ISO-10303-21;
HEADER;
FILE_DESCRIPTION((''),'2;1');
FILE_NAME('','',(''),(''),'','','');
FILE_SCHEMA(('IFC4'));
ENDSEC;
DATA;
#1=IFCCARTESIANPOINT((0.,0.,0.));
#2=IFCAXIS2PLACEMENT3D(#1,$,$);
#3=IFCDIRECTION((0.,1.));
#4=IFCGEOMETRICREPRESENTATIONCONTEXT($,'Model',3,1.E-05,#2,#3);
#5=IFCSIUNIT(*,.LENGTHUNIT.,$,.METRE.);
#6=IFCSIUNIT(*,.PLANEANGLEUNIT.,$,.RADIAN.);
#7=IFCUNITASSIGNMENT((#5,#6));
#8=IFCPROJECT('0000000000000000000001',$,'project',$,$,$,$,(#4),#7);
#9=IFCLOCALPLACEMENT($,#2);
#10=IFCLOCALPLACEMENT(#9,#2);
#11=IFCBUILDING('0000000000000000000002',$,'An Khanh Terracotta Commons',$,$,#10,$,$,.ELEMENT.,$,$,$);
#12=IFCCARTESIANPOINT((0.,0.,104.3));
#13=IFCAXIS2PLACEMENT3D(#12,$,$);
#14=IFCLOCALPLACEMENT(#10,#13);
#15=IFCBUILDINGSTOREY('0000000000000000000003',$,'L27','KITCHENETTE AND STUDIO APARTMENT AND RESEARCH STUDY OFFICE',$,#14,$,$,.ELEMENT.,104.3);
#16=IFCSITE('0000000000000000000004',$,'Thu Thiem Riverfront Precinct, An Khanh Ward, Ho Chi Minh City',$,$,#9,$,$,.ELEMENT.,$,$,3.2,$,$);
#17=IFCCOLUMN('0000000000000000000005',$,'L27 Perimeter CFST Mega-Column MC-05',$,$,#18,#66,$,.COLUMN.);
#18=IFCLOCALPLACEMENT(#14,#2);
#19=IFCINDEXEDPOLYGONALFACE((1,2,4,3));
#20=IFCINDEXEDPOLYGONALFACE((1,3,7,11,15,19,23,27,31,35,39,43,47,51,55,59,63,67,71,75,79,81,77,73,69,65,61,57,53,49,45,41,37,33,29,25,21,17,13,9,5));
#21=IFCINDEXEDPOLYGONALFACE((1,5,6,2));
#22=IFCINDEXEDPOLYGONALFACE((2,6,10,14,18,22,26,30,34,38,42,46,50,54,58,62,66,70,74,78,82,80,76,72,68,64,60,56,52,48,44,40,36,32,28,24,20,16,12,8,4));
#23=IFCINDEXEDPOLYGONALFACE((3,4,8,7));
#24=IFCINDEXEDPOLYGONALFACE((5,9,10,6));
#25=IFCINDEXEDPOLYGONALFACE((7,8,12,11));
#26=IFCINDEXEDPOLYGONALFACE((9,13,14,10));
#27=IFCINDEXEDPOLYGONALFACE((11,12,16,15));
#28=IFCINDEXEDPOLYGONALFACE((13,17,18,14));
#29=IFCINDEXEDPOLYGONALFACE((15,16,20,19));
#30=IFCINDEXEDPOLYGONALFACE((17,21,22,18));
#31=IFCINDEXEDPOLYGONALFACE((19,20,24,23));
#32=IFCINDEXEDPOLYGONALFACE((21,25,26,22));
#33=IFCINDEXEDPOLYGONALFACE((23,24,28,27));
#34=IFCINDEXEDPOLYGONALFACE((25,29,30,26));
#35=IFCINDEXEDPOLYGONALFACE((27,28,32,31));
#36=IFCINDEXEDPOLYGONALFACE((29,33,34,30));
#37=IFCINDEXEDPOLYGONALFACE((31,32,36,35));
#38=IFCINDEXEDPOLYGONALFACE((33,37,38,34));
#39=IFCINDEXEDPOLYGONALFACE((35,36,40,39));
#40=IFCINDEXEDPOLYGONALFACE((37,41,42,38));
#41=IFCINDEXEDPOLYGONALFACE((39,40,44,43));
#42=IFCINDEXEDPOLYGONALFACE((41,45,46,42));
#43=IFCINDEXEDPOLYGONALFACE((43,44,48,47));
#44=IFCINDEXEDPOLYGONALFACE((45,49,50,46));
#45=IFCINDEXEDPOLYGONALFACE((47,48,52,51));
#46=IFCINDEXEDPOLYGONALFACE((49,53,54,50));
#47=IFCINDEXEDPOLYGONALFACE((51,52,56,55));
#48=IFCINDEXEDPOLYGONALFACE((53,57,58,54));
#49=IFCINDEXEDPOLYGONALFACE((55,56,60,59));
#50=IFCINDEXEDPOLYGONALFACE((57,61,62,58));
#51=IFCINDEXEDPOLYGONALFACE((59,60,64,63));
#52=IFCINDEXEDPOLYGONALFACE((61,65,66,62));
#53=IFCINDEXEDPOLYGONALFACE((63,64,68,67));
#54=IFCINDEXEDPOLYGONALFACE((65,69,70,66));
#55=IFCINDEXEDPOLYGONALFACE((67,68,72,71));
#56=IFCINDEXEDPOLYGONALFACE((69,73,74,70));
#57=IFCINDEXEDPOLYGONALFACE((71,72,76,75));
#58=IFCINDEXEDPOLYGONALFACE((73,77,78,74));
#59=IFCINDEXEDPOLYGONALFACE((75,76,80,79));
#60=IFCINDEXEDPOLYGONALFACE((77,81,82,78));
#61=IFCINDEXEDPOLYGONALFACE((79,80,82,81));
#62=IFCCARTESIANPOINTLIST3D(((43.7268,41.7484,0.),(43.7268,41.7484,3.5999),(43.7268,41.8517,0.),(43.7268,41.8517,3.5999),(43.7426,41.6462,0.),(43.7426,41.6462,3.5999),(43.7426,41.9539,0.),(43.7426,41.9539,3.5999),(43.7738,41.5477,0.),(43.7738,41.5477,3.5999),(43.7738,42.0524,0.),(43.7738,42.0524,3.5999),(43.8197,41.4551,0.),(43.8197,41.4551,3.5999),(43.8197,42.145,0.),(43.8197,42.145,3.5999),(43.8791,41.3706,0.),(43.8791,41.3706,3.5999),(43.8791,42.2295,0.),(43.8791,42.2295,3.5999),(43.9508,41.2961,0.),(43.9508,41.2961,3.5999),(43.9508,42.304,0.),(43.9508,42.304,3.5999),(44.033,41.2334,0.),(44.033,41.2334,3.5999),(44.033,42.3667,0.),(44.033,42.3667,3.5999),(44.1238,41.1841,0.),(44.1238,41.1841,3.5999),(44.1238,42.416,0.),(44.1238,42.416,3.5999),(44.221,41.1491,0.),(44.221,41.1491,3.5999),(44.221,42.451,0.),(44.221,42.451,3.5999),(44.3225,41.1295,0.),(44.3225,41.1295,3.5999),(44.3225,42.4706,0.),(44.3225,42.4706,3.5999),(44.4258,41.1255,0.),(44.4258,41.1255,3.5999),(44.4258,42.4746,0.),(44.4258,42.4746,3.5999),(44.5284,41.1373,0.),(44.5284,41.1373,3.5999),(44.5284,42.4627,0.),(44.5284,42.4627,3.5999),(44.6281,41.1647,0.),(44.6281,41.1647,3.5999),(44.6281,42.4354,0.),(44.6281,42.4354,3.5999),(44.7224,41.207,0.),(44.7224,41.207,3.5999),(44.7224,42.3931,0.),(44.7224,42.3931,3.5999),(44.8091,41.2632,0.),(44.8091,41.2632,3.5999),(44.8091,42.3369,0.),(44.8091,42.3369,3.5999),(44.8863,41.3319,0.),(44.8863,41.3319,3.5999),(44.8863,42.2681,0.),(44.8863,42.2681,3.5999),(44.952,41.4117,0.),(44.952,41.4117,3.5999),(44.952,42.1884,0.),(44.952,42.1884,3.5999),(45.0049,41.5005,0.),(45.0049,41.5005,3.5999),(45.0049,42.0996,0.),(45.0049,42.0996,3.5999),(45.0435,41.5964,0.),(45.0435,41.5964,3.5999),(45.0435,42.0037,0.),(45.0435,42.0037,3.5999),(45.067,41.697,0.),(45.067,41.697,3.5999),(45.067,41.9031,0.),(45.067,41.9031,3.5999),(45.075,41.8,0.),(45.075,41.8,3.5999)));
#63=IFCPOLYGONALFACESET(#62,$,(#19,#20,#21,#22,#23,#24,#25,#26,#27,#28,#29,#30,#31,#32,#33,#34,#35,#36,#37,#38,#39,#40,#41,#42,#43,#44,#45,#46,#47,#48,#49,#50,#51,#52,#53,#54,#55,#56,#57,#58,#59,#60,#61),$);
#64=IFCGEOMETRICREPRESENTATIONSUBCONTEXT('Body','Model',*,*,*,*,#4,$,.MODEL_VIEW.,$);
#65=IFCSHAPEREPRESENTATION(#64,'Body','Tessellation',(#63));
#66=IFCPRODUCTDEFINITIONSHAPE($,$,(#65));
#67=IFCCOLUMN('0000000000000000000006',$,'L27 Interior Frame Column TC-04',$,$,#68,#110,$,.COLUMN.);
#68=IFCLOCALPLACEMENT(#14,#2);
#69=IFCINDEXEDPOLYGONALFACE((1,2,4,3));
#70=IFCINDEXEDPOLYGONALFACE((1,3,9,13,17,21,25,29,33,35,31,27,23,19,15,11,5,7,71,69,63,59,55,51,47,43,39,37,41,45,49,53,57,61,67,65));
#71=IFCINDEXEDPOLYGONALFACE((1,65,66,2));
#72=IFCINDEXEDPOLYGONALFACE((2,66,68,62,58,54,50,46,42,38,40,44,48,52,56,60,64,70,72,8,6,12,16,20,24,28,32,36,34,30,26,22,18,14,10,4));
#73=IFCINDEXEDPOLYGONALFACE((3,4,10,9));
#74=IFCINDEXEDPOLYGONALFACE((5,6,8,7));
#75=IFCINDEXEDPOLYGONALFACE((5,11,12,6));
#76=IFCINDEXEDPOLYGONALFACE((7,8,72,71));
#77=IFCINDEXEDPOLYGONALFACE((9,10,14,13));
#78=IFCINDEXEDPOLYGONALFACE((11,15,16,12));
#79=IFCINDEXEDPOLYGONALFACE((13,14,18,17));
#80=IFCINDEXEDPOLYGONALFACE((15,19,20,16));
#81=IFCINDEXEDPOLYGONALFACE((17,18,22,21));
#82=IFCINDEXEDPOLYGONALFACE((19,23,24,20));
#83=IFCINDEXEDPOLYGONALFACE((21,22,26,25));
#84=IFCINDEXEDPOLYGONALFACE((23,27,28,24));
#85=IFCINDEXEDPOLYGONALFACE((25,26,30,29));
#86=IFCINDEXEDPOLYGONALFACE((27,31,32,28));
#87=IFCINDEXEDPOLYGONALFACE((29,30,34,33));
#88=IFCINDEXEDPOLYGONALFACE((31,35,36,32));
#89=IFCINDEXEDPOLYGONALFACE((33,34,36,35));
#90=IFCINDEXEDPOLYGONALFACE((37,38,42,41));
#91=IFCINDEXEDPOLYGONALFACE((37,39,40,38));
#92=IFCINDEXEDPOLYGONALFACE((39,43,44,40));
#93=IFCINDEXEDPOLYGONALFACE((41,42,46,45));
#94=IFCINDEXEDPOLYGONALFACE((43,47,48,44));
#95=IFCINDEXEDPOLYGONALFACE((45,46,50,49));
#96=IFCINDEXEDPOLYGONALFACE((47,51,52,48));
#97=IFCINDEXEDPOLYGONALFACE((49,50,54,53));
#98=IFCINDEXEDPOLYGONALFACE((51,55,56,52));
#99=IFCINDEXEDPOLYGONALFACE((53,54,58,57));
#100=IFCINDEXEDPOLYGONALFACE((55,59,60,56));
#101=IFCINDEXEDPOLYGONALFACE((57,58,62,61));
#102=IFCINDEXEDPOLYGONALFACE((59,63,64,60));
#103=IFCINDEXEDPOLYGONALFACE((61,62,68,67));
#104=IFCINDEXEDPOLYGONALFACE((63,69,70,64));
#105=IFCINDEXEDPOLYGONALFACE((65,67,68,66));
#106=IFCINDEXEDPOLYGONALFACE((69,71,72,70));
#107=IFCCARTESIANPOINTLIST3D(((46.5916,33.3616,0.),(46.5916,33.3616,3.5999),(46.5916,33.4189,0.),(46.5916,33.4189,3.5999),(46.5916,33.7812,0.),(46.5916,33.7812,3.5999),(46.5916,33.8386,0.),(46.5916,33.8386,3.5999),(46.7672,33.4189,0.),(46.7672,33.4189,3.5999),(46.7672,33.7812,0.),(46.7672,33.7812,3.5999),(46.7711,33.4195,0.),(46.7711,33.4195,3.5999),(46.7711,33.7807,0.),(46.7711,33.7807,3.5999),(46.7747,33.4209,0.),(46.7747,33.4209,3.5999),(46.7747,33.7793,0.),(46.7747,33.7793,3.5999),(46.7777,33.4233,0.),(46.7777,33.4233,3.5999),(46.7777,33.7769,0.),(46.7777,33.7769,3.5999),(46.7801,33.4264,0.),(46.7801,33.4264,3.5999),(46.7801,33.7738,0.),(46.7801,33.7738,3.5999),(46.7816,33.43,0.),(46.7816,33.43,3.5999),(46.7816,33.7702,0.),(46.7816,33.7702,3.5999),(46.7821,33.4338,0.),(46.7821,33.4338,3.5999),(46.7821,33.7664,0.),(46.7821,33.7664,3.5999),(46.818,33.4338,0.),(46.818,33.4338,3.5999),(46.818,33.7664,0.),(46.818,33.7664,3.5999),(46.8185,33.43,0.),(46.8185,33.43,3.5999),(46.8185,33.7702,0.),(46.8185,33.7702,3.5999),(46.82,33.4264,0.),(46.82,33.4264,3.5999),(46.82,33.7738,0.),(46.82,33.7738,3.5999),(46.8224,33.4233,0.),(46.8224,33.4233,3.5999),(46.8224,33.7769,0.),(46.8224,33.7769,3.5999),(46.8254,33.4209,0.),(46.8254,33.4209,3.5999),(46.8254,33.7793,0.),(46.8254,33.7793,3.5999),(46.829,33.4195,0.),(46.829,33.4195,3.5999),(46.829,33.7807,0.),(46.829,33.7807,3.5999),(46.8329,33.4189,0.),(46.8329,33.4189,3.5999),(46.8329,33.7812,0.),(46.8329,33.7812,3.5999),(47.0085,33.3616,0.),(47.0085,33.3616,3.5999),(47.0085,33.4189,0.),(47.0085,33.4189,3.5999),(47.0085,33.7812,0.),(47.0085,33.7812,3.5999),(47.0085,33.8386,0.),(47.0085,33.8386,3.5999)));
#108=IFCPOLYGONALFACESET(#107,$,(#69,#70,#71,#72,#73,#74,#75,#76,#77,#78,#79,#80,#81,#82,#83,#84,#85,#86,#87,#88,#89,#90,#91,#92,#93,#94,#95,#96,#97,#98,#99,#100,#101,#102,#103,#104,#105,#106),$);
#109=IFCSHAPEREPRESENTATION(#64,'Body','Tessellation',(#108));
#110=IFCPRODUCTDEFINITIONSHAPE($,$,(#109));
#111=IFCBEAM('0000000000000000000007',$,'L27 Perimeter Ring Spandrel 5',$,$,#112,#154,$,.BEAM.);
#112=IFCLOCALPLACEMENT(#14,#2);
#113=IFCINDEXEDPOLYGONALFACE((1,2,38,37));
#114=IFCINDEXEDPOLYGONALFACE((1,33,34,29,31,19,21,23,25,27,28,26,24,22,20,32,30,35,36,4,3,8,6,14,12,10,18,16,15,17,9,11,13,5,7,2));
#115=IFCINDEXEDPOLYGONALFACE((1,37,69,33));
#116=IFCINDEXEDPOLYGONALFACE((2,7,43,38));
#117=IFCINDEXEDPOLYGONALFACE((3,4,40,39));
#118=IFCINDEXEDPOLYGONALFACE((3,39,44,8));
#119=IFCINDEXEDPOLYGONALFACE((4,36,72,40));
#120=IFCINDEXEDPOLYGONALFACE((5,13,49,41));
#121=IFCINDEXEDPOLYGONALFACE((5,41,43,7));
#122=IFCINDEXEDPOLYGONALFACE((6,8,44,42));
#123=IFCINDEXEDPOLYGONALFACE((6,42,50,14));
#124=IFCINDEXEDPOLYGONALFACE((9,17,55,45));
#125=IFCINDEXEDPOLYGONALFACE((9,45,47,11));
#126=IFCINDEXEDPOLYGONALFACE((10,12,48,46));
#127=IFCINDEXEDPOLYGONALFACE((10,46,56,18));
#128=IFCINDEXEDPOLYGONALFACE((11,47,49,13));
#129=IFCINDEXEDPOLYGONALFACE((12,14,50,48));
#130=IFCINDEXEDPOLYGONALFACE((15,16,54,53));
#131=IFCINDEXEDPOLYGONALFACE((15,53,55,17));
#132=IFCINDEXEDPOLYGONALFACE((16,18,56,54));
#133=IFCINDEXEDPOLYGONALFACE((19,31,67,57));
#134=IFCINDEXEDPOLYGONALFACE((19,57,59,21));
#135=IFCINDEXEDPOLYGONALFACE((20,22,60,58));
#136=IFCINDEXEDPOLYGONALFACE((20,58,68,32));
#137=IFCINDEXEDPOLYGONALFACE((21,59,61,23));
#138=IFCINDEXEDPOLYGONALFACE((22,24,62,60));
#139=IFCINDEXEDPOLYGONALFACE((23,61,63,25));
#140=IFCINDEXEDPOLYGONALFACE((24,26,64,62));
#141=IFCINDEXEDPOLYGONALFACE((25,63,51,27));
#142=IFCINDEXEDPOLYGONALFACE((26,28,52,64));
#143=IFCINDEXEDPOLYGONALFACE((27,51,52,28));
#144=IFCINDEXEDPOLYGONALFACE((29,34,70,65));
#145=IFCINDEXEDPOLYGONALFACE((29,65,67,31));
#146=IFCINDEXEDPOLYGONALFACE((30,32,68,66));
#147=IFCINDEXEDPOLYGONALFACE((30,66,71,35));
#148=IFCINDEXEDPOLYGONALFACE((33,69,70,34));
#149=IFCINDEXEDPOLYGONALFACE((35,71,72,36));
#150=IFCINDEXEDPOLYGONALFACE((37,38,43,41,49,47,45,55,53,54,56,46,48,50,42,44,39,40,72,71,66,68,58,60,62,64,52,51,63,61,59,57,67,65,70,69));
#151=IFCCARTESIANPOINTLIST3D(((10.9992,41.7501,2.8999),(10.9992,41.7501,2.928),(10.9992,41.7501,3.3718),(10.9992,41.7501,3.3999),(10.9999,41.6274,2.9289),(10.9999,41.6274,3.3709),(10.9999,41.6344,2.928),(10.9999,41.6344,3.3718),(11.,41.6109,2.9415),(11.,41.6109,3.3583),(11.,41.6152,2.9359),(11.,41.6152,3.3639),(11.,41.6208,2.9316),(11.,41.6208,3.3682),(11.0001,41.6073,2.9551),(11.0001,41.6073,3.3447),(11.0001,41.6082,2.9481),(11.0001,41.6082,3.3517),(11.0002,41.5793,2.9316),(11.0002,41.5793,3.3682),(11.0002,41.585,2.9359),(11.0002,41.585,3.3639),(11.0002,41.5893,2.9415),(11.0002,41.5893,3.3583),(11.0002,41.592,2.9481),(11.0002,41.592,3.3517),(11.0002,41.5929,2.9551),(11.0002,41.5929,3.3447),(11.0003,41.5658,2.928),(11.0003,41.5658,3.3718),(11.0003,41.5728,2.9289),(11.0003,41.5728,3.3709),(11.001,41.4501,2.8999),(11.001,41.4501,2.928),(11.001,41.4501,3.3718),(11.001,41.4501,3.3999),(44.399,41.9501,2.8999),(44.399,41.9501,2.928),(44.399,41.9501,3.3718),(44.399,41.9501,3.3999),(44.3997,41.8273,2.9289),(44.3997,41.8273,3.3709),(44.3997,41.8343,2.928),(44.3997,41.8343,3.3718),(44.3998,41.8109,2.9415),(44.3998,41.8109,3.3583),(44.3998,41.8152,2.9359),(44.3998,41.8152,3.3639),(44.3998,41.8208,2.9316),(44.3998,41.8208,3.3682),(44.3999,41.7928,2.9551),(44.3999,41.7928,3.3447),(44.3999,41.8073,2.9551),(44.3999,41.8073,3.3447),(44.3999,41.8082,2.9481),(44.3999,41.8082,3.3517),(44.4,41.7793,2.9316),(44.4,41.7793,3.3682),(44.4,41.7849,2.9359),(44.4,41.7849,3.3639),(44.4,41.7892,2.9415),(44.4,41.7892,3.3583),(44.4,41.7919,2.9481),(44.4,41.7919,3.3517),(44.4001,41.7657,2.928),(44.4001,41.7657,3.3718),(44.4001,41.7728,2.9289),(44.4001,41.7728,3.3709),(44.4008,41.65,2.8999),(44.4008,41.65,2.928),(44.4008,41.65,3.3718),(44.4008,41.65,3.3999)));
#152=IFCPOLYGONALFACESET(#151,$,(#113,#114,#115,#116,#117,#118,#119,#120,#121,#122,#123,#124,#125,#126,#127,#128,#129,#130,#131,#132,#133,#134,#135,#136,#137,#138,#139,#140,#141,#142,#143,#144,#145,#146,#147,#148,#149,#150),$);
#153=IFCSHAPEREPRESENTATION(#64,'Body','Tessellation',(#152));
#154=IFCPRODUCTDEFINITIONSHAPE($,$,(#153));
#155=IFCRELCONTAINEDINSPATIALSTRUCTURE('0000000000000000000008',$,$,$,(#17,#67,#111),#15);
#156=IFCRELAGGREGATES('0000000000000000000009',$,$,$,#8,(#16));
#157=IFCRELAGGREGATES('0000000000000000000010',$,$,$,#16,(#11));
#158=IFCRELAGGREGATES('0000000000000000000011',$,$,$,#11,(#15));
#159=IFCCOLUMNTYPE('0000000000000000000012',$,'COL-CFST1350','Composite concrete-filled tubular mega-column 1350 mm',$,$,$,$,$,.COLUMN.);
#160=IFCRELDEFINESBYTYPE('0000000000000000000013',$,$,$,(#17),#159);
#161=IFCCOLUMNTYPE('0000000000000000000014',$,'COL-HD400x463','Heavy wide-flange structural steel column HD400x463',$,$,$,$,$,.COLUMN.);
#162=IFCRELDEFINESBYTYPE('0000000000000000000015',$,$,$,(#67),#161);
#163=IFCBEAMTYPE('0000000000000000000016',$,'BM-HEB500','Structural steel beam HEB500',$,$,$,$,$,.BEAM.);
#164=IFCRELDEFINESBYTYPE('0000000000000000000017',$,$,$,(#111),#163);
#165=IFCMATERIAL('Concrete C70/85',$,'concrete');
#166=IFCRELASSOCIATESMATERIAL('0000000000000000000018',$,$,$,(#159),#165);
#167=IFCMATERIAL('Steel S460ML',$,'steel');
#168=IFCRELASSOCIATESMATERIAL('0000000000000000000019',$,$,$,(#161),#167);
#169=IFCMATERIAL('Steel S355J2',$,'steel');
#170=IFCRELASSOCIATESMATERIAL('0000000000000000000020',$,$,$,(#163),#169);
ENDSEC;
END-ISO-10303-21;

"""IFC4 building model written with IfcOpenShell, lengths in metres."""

from ifc_helpers import new_model, si_unit, direction, frame, origin, origin_2d, place, context, subcontext, project, spatial, circle, i_section, extrude, material, material_profile, profile_set, type_object, element, save


model = new_model("IFC4")

# Units and contexts
model_context = context("Model", 3, precision=1e-05, world=origin(), true_north=direction((0.0, 1.0)))
body_context = subcontext(model_context, "Body", "Model", "MODEL_VIEW")
ifc_project = project(units=[si_unit("LENGTHUNIT", "METRE"), si_unit("PLANEANGLEUNIT", "RADIAN")], contexts=[model_context])

# Site, building, storey
site_placement = place(None, origin())
site = spatial("IfcSite", under=ifc_project, at=site_placement, Name="Thu Thiem Riverfront Precinct, An Khanh Ward, Ho Chi Minh City", CompositionType="ELEMENT", RefElevation=3.2)
building_placement = place(site_placement, origin())
building = spatial("IfcBuilding", under=site, at=building_placement, Name="An Khanh Terracotta Commons", CompositionType="ELEMENT")
storey_placement = place(building_placement, frame((0.0, 0.0, 104.3)))
storey = spatial("IfcBuildingStorey", under=building, at=storey_placement, Name="L27", Description="KITCHENETTE AND STUDIO APARTMENT AND RESEARCH STUDY OFFICE", CompositionType="ELEMENT", Elevation=104.3)

# Columns
ifc_material_1 = material(Name="Concrete C70/85", Category="concrete")
ifc_material_profile_1 = material_profile(ifc_material_1, circle(Radius=0.675, at=origin_2d()), Name="CFST1350")
ifc_profile_set_1 = profile_set([ifc_material_profile_1], Name="Concrete C70/85")
column_type_1 = type_object("IfcColumnType", Name="COL-CFST1350", Description="Composite concrete-filled tubular mega-column 1350 mm", PredefinedType="COLUMN", material=ifc_profile_set_1)
column_1_placement = place(storey_placement, frame((44.3999, 41.8, 0.0), z_axis=(0.0, 0.0, 1.0), x_axis=(1.0, 0.0, 0.0)))
element("IfcColumn", 1, at=column_1_placement, inside=storey, type_object=column_type_1, Name="L27 Perimeter CFST Mega-Column MC-05", PredefinedType="COLUMN", context=body_context, shape_type="SweptSolid", body=[
    extrude(circle(Radius=0.675, at=origin_2d()), origin(), (0.0, 0.0, 1.0), 3.5999),
])
ifc_material_2 = material(Name="Steel S460ML", Category="steel")
ifc_material_profile_2 = material_profile(ifc_material_2, i_section(OverallWidth=0.417, OverallDepth=0.4771, WebThickness=0.0359, FlangeThickness=0.0574, FilletRadius=0.0149, at=origin_2d()), Name="HD400x463")
ifc_profile_set_2 = profile_set([ifc_material_profile_2], Name="Steel S460ML")
column_type_2 = type_object("IfcColumnType", Name="COL-HD400x463", Description="Heavy wide-flange structural steel column HD400x463", PredefinedType="COLUMN", material=ifc_profile_set_2)
column_2_placement = place(storey_placement, frame((46.8, 33.6001, 0.0), z_axis=(0.0, 0.0, 1.0), x_axis=(1.0, 0.0, 0.0)))
element("IfcColumn", 2, at=column_2_placement, inside=storey, type_object=column_type_2, Name="L27 Interior Frame Column TC-04", PredefinedType="COLUMN", context=body_context, shape_type="SweptSolid", body=[
    extrude(i_section(OverallWidth=0.417, OverallDepth=0.4771, WebThickness=0.0359, FlangeThickness=0.0574, FilletRadius=0.0149, at=origin_2d()), origin(), (0.0, 0.0, 1.0), 3.5999),
])

# Beam
ifc_material_3 = material(Name="Steel S355J2", Category="steel")
ifc_material_profile_3 = material_profile(ifc_material_3, i_section(OverallWidth=0.3, OverallDepth=0.5, WebThickness=0.0144, FlangeThickness=0.0281, FilletRadius=0.0271, at=origin_2d()), Name="HEB500")
ifc_profile_set_3 = profile_set([ifc_material_profile_3], Name="Steel S355J2")
beam_type = type_object("IfcBeamType", Name="BM-HEB500", Description="Structural steel beam HEB500", PredefinedType="BEAM", material=ifc_profile_set_3)
beam_1_placement = place(storey_placement, frame((44.3999, 41.8, 3.1499), z_axis=(-0.999982, -0.005986, 0.0), x_axis=(0.005986, -0.999982, 0.0)))
element("IfcBeam", 3, at=beam_1_placement, inside=storey, type_object=beam_type, Name="L27 Perimeter Ring Spandrel 5", PredefinedType="BEAM", context=body_context, shape_type="SweptSolid", body=[
    extrude(i_section(OverallWidth=0.3, OverallDepth=0.5, WebThickness=0.0144, FlangeThickness=0.0281, FilletRadius=0.0271, at=origin_2d()), origin(), (0.0, 0.0, 1.0), 33.4004),
])

save(model, "model.ifc")
